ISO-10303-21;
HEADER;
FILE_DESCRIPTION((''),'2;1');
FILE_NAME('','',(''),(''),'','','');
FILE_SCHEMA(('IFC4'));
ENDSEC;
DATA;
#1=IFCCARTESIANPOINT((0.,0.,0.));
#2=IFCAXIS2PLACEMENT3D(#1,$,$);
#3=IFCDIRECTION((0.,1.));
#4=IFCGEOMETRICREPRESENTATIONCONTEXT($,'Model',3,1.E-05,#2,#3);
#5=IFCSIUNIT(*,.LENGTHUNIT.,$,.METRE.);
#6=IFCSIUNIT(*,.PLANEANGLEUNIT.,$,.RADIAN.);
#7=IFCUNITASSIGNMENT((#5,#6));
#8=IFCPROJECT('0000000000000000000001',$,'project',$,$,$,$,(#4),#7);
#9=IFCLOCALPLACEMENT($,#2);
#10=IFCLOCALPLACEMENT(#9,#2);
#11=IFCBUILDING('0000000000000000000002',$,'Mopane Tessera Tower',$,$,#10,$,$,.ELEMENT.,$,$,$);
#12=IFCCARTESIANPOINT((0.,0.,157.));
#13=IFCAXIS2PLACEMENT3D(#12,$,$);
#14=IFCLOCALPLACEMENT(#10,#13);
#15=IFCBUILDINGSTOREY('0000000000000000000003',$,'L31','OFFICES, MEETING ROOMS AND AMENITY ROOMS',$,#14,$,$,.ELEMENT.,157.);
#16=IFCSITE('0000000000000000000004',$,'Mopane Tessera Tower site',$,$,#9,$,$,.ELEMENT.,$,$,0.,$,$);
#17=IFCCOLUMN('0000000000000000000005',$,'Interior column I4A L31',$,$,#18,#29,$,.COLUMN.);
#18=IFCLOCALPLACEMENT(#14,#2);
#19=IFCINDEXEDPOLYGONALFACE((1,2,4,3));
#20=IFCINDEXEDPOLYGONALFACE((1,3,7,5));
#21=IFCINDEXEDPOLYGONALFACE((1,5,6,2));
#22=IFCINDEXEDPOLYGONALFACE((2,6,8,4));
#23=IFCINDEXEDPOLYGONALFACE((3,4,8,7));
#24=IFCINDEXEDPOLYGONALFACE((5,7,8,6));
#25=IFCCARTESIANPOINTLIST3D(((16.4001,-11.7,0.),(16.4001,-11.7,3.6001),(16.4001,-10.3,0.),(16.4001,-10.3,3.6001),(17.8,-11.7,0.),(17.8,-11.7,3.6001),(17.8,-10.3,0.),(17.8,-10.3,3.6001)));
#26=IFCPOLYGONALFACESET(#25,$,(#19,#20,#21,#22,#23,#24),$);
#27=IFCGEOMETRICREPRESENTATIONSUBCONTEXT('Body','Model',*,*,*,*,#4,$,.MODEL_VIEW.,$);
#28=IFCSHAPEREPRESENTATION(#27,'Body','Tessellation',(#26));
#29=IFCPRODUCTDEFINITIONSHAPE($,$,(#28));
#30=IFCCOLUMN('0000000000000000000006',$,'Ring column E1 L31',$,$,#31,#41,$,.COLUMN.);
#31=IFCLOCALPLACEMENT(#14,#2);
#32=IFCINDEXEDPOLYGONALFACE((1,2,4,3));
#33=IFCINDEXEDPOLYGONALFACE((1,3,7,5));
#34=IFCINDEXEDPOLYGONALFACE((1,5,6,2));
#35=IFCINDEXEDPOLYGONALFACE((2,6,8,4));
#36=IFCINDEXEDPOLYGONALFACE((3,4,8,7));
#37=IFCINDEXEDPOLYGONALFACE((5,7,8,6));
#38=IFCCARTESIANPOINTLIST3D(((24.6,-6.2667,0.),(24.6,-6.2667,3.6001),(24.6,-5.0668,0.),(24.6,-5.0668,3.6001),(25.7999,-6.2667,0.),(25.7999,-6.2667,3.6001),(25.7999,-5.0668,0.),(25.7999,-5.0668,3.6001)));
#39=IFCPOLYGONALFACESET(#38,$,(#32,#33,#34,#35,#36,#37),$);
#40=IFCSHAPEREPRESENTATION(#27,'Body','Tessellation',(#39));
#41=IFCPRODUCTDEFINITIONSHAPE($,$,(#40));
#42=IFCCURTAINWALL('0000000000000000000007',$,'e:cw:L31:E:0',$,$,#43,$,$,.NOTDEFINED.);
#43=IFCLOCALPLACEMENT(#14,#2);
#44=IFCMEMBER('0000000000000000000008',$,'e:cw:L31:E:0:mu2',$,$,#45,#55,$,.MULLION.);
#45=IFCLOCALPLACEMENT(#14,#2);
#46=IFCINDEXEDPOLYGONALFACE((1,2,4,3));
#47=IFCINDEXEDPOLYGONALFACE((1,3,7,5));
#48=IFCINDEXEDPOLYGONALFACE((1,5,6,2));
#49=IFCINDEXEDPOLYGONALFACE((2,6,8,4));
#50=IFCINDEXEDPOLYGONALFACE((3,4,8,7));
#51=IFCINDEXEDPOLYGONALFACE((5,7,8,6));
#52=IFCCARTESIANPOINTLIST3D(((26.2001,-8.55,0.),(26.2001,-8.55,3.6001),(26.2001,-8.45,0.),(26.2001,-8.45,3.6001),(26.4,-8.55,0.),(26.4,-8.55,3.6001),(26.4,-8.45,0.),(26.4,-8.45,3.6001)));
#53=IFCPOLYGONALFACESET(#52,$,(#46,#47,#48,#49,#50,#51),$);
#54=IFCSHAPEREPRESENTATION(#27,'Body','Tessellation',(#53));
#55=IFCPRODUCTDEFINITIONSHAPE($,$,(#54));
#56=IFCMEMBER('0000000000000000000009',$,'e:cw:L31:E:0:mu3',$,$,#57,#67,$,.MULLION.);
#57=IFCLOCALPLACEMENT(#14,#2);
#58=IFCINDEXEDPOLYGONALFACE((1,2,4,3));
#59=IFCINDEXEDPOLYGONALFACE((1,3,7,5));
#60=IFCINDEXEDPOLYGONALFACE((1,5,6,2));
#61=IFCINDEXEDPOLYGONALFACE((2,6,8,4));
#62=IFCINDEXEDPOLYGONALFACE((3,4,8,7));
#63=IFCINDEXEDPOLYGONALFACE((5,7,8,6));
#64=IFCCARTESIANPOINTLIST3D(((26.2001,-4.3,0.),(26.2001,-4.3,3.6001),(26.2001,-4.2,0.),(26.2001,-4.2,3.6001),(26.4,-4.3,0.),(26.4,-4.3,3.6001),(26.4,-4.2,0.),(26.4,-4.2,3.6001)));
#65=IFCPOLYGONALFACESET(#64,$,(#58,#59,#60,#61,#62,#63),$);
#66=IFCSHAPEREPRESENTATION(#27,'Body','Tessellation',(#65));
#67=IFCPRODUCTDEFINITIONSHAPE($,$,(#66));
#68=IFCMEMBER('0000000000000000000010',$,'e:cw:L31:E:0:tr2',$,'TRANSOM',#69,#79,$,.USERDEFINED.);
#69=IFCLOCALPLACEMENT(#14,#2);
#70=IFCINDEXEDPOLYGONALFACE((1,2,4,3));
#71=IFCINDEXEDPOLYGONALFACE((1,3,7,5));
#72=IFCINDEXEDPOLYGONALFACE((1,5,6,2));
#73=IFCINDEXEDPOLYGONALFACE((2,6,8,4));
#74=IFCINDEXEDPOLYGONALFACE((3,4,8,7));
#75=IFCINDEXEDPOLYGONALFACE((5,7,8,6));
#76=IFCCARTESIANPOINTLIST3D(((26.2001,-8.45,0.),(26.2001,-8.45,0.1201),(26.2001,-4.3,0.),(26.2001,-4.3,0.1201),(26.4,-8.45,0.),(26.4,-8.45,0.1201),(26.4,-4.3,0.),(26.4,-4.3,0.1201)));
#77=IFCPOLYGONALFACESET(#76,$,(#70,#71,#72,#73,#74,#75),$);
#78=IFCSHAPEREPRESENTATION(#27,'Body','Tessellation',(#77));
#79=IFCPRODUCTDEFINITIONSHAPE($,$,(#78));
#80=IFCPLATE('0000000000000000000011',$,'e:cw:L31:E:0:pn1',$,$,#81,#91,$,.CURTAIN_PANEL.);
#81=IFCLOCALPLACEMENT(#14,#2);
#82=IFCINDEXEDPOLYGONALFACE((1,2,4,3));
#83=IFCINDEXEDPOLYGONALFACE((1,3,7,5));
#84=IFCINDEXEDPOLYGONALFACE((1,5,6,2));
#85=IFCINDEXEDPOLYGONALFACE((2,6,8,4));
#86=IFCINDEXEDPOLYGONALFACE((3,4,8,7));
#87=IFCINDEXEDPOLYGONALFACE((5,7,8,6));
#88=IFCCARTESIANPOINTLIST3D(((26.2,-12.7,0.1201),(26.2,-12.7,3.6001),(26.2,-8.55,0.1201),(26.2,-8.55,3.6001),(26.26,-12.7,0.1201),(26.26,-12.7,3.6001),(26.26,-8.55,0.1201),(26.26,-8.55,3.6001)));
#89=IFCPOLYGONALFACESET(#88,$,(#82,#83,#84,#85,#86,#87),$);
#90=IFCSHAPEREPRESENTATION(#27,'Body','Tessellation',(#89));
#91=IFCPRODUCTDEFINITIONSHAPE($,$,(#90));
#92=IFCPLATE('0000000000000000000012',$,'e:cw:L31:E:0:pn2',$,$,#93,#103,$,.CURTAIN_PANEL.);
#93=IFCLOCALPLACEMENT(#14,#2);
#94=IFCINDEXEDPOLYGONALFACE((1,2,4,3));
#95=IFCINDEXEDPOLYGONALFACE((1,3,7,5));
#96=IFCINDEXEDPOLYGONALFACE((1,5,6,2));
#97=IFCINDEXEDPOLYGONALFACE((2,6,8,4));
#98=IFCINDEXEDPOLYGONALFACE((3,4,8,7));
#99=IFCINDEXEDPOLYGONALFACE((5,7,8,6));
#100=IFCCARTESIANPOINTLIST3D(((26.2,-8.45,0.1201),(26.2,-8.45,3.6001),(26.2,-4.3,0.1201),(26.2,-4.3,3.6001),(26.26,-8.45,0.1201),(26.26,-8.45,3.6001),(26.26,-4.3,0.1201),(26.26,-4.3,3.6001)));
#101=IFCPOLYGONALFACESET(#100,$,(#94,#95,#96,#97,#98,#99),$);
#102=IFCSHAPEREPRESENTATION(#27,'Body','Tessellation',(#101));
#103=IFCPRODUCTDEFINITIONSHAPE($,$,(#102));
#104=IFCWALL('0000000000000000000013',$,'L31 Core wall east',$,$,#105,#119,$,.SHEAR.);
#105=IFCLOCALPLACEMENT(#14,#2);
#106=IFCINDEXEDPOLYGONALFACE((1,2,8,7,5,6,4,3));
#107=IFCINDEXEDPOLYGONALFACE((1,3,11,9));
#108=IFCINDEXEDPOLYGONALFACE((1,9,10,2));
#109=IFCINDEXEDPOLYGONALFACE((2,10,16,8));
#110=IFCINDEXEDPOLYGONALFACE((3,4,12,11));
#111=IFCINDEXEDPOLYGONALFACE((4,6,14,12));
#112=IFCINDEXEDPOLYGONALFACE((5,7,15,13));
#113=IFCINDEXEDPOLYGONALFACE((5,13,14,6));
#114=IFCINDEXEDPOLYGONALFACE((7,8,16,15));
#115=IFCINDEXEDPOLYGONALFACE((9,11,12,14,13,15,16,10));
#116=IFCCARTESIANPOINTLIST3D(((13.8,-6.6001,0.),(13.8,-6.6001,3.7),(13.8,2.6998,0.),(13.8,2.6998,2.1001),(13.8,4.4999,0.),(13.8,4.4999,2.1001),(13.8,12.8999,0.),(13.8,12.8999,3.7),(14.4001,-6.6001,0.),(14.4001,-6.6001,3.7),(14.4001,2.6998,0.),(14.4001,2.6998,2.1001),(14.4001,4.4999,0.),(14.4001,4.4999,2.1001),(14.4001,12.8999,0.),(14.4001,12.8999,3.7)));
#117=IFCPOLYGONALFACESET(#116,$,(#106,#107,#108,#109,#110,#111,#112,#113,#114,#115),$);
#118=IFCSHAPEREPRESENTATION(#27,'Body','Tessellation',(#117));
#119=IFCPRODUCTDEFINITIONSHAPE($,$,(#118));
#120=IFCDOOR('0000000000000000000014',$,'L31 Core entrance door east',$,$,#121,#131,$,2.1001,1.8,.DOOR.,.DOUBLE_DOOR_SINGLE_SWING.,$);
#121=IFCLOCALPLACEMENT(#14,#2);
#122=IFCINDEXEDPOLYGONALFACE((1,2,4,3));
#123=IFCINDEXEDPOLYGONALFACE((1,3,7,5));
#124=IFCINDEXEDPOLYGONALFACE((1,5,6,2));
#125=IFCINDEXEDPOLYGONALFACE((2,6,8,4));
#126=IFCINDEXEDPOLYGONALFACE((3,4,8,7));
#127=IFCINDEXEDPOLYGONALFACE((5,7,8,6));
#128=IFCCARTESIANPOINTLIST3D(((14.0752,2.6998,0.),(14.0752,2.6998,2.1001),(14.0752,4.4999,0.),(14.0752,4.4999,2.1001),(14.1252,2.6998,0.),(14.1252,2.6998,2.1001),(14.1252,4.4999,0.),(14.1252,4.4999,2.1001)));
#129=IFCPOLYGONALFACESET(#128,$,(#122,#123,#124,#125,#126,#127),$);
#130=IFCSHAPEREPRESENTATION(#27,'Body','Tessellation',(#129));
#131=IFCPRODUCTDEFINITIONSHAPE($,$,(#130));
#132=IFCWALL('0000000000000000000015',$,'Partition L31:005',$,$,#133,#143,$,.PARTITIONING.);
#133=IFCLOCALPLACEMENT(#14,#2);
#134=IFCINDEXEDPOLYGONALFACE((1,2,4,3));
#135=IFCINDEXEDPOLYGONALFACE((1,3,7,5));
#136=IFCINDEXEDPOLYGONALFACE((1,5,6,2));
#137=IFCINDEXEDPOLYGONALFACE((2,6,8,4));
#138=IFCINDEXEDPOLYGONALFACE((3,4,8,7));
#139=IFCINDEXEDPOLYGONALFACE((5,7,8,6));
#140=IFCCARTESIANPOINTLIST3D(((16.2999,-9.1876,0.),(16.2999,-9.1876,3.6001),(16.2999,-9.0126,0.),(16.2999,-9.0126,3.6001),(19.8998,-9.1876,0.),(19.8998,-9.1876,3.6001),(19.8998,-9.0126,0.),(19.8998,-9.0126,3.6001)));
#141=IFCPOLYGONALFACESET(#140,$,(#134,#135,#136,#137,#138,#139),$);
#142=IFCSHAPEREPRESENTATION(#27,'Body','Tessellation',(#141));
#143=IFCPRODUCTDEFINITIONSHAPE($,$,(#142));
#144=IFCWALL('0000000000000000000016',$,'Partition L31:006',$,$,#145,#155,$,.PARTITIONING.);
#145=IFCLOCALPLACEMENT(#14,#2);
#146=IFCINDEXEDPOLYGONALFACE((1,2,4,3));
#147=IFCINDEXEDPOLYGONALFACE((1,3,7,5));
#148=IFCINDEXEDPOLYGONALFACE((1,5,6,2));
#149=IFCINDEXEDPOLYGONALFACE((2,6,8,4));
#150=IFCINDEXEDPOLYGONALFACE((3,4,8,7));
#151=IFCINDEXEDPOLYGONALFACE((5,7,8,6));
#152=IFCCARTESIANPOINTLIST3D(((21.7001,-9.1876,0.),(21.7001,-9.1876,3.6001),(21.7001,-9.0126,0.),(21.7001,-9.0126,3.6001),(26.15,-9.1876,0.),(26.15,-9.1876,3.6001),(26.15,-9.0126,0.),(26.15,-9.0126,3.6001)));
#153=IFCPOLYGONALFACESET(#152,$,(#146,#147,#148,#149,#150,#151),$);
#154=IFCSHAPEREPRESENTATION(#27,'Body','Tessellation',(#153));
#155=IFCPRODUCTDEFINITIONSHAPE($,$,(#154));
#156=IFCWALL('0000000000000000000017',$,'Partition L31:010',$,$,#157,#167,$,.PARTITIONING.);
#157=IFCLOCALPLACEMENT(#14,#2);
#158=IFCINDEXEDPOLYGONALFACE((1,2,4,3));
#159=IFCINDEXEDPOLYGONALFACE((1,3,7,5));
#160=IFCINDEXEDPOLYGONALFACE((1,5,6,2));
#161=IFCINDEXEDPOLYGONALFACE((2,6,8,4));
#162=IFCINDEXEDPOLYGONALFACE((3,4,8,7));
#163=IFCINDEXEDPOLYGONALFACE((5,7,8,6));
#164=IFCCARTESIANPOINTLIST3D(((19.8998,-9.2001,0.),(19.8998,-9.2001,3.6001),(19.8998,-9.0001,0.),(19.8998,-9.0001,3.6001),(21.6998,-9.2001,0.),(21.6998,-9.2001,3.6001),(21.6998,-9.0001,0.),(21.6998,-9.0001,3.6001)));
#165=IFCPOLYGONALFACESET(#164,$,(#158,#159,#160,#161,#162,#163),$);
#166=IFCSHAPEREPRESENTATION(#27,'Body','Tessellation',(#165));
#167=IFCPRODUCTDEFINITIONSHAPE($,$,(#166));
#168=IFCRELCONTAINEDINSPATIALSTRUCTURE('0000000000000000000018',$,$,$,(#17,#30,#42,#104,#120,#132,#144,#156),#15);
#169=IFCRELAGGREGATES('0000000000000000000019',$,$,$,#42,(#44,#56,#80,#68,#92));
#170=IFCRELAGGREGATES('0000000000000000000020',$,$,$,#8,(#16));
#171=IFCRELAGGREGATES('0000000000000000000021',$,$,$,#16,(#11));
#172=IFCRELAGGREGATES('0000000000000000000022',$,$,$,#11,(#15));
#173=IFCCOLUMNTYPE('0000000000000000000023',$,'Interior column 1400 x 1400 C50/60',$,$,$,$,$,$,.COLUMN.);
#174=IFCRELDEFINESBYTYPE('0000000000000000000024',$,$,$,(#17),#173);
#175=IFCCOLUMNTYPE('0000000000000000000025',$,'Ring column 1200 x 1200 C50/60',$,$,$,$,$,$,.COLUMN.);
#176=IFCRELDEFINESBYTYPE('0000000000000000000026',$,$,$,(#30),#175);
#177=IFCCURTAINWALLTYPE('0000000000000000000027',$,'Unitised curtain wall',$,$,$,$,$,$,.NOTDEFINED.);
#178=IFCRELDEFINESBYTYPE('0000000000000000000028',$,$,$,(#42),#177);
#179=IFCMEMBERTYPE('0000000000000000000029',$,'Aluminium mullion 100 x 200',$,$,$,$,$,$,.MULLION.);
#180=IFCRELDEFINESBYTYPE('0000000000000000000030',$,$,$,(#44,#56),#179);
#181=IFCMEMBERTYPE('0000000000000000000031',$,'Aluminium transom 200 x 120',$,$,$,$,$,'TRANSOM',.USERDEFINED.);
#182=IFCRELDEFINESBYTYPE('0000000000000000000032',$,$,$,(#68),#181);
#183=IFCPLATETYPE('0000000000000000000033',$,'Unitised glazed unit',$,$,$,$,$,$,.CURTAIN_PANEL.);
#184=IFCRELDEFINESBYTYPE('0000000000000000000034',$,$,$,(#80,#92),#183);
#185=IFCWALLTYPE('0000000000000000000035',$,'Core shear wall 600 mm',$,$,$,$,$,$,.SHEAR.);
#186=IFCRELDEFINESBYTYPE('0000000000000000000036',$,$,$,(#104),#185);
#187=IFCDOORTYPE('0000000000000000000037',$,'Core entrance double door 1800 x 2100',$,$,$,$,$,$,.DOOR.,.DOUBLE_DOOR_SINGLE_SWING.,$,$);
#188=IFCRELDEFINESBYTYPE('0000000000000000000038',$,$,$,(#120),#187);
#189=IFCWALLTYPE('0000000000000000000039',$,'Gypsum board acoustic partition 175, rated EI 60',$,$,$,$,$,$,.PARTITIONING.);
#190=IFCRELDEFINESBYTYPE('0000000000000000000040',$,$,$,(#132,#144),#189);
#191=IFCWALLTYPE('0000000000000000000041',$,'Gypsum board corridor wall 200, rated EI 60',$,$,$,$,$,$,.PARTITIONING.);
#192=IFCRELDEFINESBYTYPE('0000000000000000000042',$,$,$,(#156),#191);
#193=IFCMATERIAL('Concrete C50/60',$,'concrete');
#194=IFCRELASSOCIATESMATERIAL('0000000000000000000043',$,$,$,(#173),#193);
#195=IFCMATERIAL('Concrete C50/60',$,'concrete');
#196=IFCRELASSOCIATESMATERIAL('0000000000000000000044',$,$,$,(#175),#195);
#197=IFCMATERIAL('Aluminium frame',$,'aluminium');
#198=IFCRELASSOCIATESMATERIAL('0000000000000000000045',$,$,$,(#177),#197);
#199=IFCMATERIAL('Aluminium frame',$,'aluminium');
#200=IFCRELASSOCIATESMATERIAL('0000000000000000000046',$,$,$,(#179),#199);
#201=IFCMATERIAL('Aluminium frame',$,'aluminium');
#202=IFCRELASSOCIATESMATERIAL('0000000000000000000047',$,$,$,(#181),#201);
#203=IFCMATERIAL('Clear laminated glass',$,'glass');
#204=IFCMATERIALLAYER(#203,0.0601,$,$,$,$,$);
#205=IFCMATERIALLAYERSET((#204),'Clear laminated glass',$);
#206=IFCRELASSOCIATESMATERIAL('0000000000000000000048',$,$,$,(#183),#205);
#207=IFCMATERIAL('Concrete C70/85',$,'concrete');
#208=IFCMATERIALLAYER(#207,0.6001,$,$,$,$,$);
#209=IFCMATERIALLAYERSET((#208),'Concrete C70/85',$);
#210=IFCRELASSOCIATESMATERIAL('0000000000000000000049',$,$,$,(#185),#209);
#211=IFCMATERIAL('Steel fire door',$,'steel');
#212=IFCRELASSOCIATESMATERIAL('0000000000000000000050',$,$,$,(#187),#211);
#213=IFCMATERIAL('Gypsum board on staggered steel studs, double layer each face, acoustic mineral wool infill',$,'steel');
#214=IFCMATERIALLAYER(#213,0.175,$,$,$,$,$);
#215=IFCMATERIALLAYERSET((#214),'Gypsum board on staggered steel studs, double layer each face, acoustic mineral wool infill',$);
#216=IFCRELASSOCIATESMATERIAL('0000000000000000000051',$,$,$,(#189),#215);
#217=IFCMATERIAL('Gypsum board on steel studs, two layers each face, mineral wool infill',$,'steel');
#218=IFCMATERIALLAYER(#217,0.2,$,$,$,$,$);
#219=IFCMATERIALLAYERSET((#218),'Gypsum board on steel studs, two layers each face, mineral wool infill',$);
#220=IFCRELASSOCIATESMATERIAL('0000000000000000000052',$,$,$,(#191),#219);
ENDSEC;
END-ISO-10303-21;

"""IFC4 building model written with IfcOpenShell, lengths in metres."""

from ifc_helpers import new_model, si_unit, direction, frame, frame_2d, origin, origin_2d, place, context, subcontext, project, spatial, rectangle, extrude, material, layer, layer_set, material_profile, profile_set, type_object, element, fill, aggregate, save


model = new_model("IFC4")

# Units and contexts
model_context = context("Model", 3, precision=1e-05, world=origin(), true_north=direction((0.0, 1.0)))
body_context = subcontext(model_context, "Body", "Model", "MODEL_VIEW")
ifc_project = project(units=[si_unit("LENGTHUNIT", "METRE"), si_unit("PLANEANGLEUNIT", "RADIAN")], contexts=[model_context])

# Site, building, storey
site_placement = place(None, origin())
site = spatial("IfcSite", under=ifc_project, at=site_placement, Name="Mopane Tessera Tower site", CompositionType="ELEMENT", RefElevation=0.0)
building_placement = place(site_placement, origin())
building = spatial("IfcBuilding", under=site, at=building_placement, Name="Mopane Tessera Tower", CompositionType="ELEMENT")
storey_placement = place(building_placement, frame((0.0, 0.0, 157.0)))
storey = spatial("IfcBuildingStorey", under=building, at=storey_placement, Name="L31", Description="OFFICES, MEETING ROOMS AND AMENITY ROOMS", CompositionType="ELEMENT", Elevation=157.0)

# Columns
ifc_material_1 = material(Name="Concrete C50/60", Category="concrete")
ifc_material_profile_1 = material_profile(ifc_material_1, rectangle(XDim=1.3999, YDim=1.3999, at=origin_2d()))
ifc_profile_set_1 = profile_set([ifc_material_profile_1], Name="Concrete C50/60")
column_type_1 = type_object("IfcColumnType", Name="Interior column 1400 x 1400 C50/60", PredefinedType="COLUMN", material=ifc_profile_set_1)
column_1_placement = place(storey_placement, frame((17.1001, -11.0, 0.0), z_axis=(0.0, 0.0, 1.0), x_axis=(1.0, 0.0, 0.0)))
element("IfcColumn", 1, at=column_1_placement, inside=storey, type_object=column_type_1, Name="Interior column I4A L31", PredefinedType="COLUMN", context=body_context, shape_type="SweptSolid", body=[
    extrude(rectangle(XDim=1.3999, YDim=1.3999, at=origin_2d()), origin(), (0.0, 0.0, 1.0), 3.6001),
])
ifc_material_2 = material(Name="Concrete C50/60", Category="concrete")
ifc_material_profile_2 = material_profile(ifc_material_2, rectangle(XDim=1.2, YDim=1.2, at=origin_2d()))
ifc_profile_set_2 = profile_set([ifc_material_profile_2], Name="Concrete C50/60")
column_type_2 = type_object("IfcColumnType", Name="Ring column 1200 x 1200 C50/60", PredefinedType="COLUMN", material=ifc_profile_set_2)
column_2_placement = place(storey_placement, frame((25.2, -5.6667, 0.0), z_axis=(0.0, 0.0, 1.0), x_axis=(1.0, 0.0, 0.0)))
element("IfcColumn", 2, at=column_2_placement, inside=storey, type_object=column_type_2, Name="Ring column E1 L31", PredefinedType="COLUMN", context=body_context, shape_type="SweptSolid", body=[
    extrude(rectangle(XDim=1.2, YDim=1.2, at=origin_2d()), origin(), (0.0, 0.0, 1.0), 3.6001),
])

# Curtain wall, members, plates
ifc_material_3 = material(Name="Aluminium frame", Category="aluminium")
curtain_wall_type = type_object("IfcCurtainWallType", Name="Unitised curtain wall", PredefinedType="NOTDEFINED", material=ifc_material_3)
curtain_wall_placement = place(storey_placement, origin())
curtain_wall = element("IfcCurtainWall", 3, at=curtain_wall_placement, inside=storey, type_object=curtain_wall_type, Name="e:cw:L31:E:0", PredefinedType="NOTDEFINED")
ifc_material_4 = material(Name="Aluminium frame", Category="aluminium")
ifc_material_profile_3 = material_profile(ifc_material_4, rectangle(XDim=0.1001, YDim=0.2, at=origin_2d()))
ifc_profile_set_3 = profile_set([ifc_material_profile_3], Name="Aluminium frame")
member_type_1 = type_object("IfcMemberType", Name="Aluminium mullion 100 x 200", PredefinedType="MULLION", material=ifc_profile_set_3)
member_1_placement = place(storey_placement, frame((26.3, -8.5, 0.0), z_axis=(0.0, 0.0, 1.0), x_axis=(0.0, 1.0, 0.0)))
member_1 = element("IfcMember", 4, at=member_1_placement, type_object=member_type_1, Name="e:cw:L31:E:0:mu2", PredefinedType="MULLION", context=body_context, shape_type="SweptSolid", body=[
    extrude(rectangle(XDim=0.1001, YDim=0.2, at=origin_2d()), origin(), (0.0, 0.0, 1.0), 3.6001),
])
member_2_placement = place(storey_placement, frame((26.3, -4.25, 0.0), z_axis=(0.0, 0.0, 1.0), x_axis=(0.0, 1.0, 0.0)))
member_2 = element("IfcMember", 5, at=member_2_placement, type_object=member_type_1, Name="e:cw:L31:E:0:mu3", PredefinedType="MULLION", context=body_context, shape_type="SweptSolid", body=[
    extrude(rectangle(XDim=0.1001, YDim=0.2, at=origin_2d()), origin(), (0.0, 0.0, 1.0), 3.6001),
])
ifc_material_5 = material(Name="Aluminium frame", Category="aluminium")
ifc_material_profile_4 = material_profile(ifc_material_5, rectangle(XDim=0.2, YDim=0.1201, at=origin_2d()))
ifc_profile_set_4 = profile_set([ifc_material_profile_4], Name="Aluminium frame")
member_type_2 = type_object("IfcMemberType", Name="Aluminium transom 200 x 120", ElementType="TRANSOM", PredefinedType="USERDEFINED", material=ifc_profile_set_4)
member_3_placement = place(storey_placement, frame((26.3, -8.45, 0.0601), z_axis=(0.0, 1.0, 0.0), x_axis=(-1.0, 0.0, 0.0)))
member_3 = element("IfcMember", 6, at=member_3_placement, type_object=member_type_2, Name="e:cw:L31:E:0:tr2", ObjectType="TRANSOM", PredefinedType="USERDEFINED", context=body_context, shape_type="SweptSolid", body=[
    extrude(rectangle(XDim=0.2, YDim=0.1201, at=origin_2d()), origin(), (0.0, 0.0, 1.0), 4.1499),
])
ifc_material_6 = material(Name="Clear laminated glass", Category="glass")
ifc_layer_1 = layer(ifc_material_6, 0.0601)
ifc_layer_set_1 = layer_set([ifc_layer_1], Name="Clear laminated glass")
plate_type = type_object("IfcPlateType", Name="Unitised glazed unit", PredefinedType="CURTAIN_PANEL", material=ifc_layer_set_1)
plate_1_placement = place(storey_placement, frame((26.23, -10.625, 0.1201), z_axis=(0.0, 0.0, 1.0), x_axis=(0.0, 1.0, 0.0)))
plate_1 = element("IfcPlate", 7, at=plate_1_placement, type_object=plate_type, Name="e:cw:L31:E:0:pn1", PredefinedType="CURTAIN_PANEL", context=body_context, shape_type="SweptSolid", body=[
    extrude(rectangle(XDim=4.1499, YDim=0.0601, at=origin_2d()), origin(), (0.0, 0.0, 1.0), 3.48),
])
plate_2_placement = place(storey_placement, frame((26.23, -6.375, 0.1201), z_axis=(0.0, 0.0, 1.0), x_axis=(0.0, 1.0, 0.0)))
plate_2 = element("IfcPlate", 8, at=plate_2_placement, type_object=plate_type, Name="e:cw:L31:E:0:pn2", PredefinedType="CURTAIN_PANEL", context=body_context, shape_type="SweptSolid", body=[
    extrude(rectangle(XDim=4.1499, YDim=0.0601, at=origin_2d()), origin(), (0.0, 0.0, 1.0), 3.48),
])
aggregate(curtain_wall, [member_1, member_2, plate_1, member_3, plate_2])

# Wall, opening, door
ifc_material_7 = material(Name="Concrete C70/85", Category="concrete")
ifc_layer_2 = layer(ifc_material_7, 0.6001)
ifc_layer_set_2 = layer_set([ifc_layer_2], Name="Concrete C70/85")
wall_type_1 = type_object("IfcWallType", Name="Core shear wall 600 mm", PredefinedType="SHEAR", material=ifc_layer_set_2)
wall_1_placement = place(storey_placement, frame((14.1001, -6.6001, 0.0), z_axis=(0.0, 0.0, 1.0), x_axis=(0.0, 1.0, 0.0)))
wall_1 = element("IfcWall", 9, at=wall_1_placement, inside=storey, type_object=wall_type_1, Name="L31 Core wall east", PredefinedType="SHEAR", context=body_context, shape_type="SweptSolid", body=[
    extrude(rectangle(XDim=19.5, YDim=0.6001, at=frame_2d((9.75, 0.0))), origin(), (0.0, 0.0, 1.0), 3.7),
])
opening_1_placement = place(wall_1_placement, frame((9.3, 0.0, 0.0)))
opening_1 = element("IfcOpeningElement", 10, at=opening_1_placement, cuts=wall_1, PredefinedType="OPENING", context=body_context, shape_type="SweptSolid", body=[
    extrude(rectangle(XDim=1.8, YDim=2.1001, at=frame_2d((0.8999, 1.05))), frame((0.0, 0.312, 0.0), z_axis=(0.0, -1.0, 0.0), x_axis=(1.0, 0.0, 0.0)), (0.0, 0.0, 1.0), 0.624),
])
ifc_material_8 = material(Name="Steel fire door", Category="steel")
door_type_1 = type_object("IfcDoorType", Name="Core entrance double door 1800 x 2100", OperationType="DOUBLE_DOOR_SINGLE_SWING", PredefinedType="DOOR", material=ifc_material_8)
door_1_placement = place(opening_1_placement, origin())
door_1 = element("IfcDoor", 11, at=door_1_placement, inside=storey, type_object=door_type_1, Name="L31 Core entrance door east", OperationType="DOUBLE_DOOR_SINGLE_SWING", OverallHeight=2.1001, OverallWidth=1.8, PredefinedType="DOOR", context=body_context, shape_type="SweptSolid", body=[
    extrude(rectangle(XDim=1.8, YDim=2.1001, at=frame_2d((0.8999, 1.05))), frame((0.0, 0.0249, 0.0), z_axis=(0.0, -1.0, 0.0), x_axis=(1.0, 0.0, 0.0)), (0.0, 0.0, 1.0), 0.05),
])
fill(opening_1, door_1)

# Walls
ifc_material_9 = material(Name="Gypsum board on staggered steel studs, double layer each face, acoustic mineral wool infill", Category="steel")
ifc_layer_3 = layer(ifc_material_9, 0.175)
ifc_layer_set_3 = layer_set([ifc_layer_3], Name="Gypsum board on staggered steel studs, double layer each face, acoustic mineral wool infill")
wall_type_2 = type_object("IfcWallType", Name="Gypsum board acoustic partition 175, rated EI 60", PredefinedType="PARTITIONING", material=ifc_layer_set_3)
wall_2_placement = place(storey_placement, frame((16.3, -9.1001, 0.0), z_axis=(0.0, 0.0, 1.0), x_axis=(1.0, 0.0, 0.0)))
element("IfcWall", 12, at=wall_2_placement, inside=storey, type_object=wall_type_2, Name="Partition L31:005", PredefinedType="PARTITIONING", context=body_context, shape_type="SweptSolid", body=[
    extrude(rectangle(XDim=3.5999, YDim=0.175, at=frame_2d((1.7998, 0.0))), origin(), (0.0, 0.0, 1.0), 3.6001),
])
wall_3_placement = place(storey_placement, frame((21.7, -9.1001, 0.0), z_axis=(0.0, 0.0, 1.0), x_axis=(1.0, 0.0, 0.0)))
element("IfcWall", 13, at=wall_3_placement, inside=storey, type_object=wall_type_2, Name="Partition L31:006", PredefinedType="PARTITIONING", context=body_context, shape_type="SweptSolid", body=[
    extrude(rectangle(XDim=4.45, YDim=0.175, at=frame_2d((2.2251, 0.0))), origin(), (0.0, 0.0, 1.0), 3.6001),
])
ifc_material_10 = material(Name="Gypsum board on steel studs, two layers each face, mineral wool infill", Category="steel")
ifc_layer_4 = layer(ifc_material_10, 0.2)
ifc_layer_set_4 = layer_set([ifc_layer_4], Name="Gypsum board on steel studs, two layers each face, mineral wool infill")
wall_type_3 = type_object("IfcWallType", Name="Gypsum board corridor wall 200, rated EI 60", PredefinedType="PARTITIONING", material=ifc_layer_set_4)
wall_4_placement = place(storey_placement, frame((19.8999, -9.1001, 0.0), z_axis=(0.0, 0.0, 1.0), x_axis=(1.0, 0.0, 0.0)))
element("IfcWall", 14, at=wall_4_placement, inside=storey, type_object=wall_type_3, Name="Partition L31:010", PredefinedType="PARTITIONING", context=body_context, shape_type="SweptSolid", body=[
    extrude(rectangle(XDim=1.8, YDim=0.2, at=frame_2d((0.8999, 0.0))), origin(), (0.0, 0.0, 1.0), 3.6001),
])

save(model, "model.ifc")
